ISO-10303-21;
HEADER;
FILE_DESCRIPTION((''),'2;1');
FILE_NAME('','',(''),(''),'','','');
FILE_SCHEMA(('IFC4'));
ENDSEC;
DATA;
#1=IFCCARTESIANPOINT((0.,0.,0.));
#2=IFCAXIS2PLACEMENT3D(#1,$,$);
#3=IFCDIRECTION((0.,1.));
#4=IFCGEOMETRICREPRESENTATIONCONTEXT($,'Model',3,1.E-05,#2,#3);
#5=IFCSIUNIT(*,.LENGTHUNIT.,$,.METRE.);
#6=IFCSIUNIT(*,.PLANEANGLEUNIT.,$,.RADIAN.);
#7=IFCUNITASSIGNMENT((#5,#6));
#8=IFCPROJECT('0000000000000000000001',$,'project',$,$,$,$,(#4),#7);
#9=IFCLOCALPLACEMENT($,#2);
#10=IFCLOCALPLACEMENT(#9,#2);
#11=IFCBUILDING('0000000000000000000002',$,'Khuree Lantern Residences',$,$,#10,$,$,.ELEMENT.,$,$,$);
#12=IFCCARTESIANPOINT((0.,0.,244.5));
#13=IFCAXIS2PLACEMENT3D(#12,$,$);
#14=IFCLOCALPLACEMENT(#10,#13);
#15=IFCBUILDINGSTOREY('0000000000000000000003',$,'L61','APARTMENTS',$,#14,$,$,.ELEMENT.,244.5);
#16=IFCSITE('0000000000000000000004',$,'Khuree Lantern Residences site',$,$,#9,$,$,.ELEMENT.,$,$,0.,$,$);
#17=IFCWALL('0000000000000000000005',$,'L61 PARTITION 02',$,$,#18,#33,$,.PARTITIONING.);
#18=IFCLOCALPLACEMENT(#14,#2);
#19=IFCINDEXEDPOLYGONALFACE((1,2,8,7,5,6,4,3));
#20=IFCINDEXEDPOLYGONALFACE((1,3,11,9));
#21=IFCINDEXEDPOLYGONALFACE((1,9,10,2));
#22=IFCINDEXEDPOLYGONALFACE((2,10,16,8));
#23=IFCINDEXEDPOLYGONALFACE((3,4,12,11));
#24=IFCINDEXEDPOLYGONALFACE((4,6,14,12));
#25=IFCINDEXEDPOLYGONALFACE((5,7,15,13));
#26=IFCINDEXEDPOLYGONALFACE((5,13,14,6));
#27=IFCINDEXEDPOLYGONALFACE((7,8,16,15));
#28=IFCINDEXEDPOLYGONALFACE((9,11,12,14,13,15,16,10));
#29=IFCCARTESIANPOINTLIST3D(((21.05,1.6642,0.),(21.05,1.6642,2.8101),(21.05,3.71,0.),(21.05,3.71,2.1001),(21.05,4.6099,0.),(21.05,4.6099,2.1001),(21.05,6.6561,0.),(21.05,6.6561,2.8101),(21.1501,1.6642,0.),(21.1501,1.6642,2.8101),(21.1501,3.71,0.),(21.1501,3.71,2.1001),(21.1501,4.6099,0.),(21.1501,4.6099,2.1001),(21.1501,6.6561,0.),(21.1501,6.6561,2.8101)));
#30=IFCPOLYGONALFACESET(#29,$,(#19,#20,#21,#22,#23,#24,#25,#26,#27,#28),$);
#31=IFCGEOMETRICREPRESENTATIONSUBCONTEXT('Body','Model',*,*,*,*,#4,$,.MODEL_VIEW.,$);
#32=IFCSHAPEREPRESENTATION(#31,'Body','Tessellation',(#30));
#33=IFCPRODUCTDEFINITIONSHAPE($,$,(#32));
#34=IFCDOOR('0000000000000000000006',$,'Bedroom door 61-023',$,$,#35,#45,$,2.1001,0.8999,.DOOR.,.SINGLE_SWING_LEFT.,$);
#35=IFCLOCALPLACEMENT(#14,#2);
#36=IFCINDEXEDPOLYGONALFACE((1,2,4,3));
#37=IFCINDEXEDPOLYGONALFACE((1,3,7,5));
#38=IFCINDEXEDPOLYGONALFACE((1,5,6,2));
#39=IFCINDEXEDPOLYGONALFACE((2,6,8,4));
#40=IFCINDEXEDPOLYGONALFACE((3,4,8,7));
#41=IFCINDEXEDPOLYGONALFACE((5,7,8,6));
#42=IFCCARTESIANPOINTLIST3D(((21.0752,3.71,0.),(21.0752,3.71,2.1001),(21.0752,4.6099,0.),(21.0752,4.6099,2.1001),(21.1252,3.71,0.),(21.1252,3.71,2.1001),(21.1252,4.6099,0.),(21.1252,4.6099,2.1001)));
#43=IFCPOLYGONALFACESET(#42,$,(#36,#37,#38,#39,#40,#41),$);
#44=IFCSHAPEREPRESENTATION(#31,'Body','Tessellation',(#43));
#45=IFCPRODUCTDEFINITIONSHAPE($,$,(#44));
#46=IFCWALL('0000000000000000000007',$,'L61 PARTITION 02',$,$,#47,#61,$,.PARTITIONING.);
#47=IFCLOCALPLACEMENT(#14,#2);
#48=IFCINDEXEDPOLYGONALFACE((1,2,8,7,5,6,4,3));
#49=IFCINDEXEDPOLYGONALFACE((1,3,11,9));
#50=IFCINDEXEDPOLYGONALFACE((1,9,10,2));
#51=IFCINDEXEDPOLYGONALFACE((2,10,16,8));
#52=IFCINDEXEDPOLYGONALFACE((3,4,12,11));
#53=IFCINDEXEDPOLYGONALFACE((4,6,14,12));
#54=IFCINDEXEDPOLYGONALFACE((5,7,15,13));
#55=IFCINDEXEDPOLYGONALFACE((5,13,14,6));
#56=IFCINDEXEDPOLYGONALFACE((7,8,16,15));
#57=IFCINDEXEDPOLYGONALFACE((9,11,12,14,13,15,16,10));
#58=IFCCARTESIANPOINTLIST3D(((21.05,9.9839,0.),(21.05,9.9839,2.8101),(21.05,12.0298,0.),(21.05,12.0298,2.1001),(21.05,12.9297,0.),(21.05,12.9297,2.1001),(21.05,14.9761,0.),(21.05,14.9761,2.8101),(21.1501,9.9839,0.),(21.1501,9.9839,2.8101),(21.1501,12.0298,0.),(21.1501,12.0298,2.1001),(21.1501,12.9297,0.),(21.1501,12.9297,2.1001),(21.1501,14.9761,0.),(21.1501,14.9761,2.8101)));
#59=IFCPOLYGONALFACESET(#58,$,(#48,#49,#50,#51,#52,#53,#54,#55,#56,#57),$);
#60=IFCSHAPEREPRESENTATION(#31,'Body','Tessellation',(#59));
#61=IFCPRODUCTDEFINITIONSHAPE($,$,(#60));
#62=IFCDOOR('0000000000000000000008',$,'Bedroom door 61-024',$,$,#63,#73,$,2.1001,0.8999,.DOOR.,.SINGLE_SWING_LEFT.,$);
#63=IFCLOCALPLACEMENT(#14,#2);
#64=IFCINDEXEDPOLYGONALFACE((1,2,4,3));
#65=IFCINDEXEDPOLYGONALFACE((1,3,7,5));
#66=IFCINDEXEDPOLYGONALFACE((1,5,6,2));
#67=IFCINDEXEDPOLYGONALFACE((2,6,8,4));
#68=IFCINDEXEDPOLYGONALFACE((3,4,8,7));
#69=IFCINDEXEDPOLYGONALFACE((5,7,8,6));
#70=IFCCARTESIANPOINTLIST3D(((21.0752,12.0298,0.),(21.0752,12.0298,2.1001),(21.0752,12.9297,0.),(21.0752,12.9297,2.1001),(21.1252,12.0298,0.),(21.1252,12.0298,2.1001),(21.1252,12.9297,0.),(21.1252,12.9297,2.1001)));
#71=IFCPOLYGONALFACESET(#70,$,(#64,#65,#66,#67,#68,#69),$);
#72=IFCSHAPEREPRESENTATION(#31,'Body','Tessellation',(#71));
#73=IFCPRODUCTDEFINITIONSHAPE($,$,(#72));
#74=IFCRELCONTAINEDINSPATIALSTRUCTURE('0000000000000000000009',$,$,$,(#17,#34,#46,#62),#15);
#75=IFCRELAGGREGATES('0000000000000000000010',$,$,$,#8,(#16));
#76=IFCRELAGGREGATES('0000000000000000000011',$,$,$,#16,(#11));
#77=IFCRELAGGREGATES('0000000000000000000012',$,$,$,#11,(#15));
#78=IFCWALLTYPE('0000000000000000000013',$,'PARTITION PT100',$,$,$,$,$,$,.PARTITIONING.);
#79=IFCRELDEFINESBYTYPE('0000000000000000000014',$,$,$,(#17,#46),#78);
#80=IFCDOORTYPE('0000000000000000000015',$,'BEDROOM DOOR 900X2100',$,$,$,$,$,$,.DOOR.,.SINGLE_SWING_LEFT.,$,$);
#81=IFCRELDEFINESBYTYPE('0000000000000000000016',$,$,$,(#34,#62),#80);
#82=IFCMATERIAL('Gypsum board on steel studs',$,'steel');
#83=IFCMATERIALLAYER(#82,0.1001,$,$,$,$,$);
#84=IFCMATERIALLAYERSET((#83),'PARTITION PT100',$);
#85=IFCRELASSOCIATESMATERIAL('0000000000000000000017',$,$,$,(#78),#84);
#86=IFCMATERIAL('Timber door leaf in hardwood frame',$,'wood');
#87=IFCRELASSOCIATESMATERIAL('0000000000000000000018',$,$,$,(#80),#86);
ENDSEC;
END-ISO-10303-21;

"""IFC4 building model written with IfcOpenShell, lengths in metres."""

from ifc_helpers import new_model, si_unit, direction, frame, frame_2d, origin, place, context, subcontext, project, spatial, rectangle, extrude, material, layer, layer_set, type_object, element, fill, save


model = new_model("IFC4")

# Units and contexts
model_context = context("Model", 3, precision=1e-05, world=origin(), true_north=direction((0.0, 1.0)))
body_context = subcontext(model_context, "Body", "Model", "MODEL_VIEW")
ifc_project = project(units=[si_unit("LENGTHUNIT", "METRE"), si_unit("PLANEANGLEUNIT", "RADIAN")], contexts=[model_context])

# Site, building, storey
site_placement = place(None, origin())
site = spatial("IfcSite", under=ifc_project, at=site_placement, Name="Khuree Lantern Residences site", CompositionType="ELEMENT", RefElevation=0.0)
building_placement = place(site_placement, origin())
building = spatial("IfcBuilding", under=site, at=building_placement, Name="Khuree Lantern Residences", CompositionType="ELEMENT")
storey_placement = place(building_placement, frame((0.0, 0.0, 244.5)))
storey = spatial("IfcBuildingStorey", under=building, at=storey_placement, Name="L61", Description="APARTMENTS", CompositionType="ELEMENT", Elevation=244.5)

# Shared definitions
ifc_material_1 = material(Name="Timber door leaf in hardwood frame", Category="wood")

# Shared definitions
ifc_material_2 = material(Name="Gypsum board on steel studs", Category="steel")
ifc_layer_1 = layer(ifc_material_2, 0.1001)
ifc_layer_set_1 = layer_set([ifc_layer_1], Name="PARTITION PT100")
wall_type_1 = type_object("IfcWallType", Name="PARTITION PT100", PredefinedType="PARTITIONING", material=ifc_layer_set_1)

# Walls, openings, doors
wall_1_placement = place(storey_placement, frame((21.1001, 1.6641, 0.0), z_axis=(0.0, 0.0, 1.0), x_axis=(0.0, 1.0, 0.0)))
wall_1 = element("IfcWall", 1, at=wall_1_placement, inside=storey, type_object=wall_type_1, Name="L61 PARTITION 02", PredefinedType="PARTITIONING", context=body_context, shape_type="SweptSolid", body=[
    extrude(rectangle(XDim=4.9919, YDim=0.1001, at=frame_2d((2.4961, 0.0))), origin(), (0.0, 0.0, 1.0), 2.8101),
])
opening_1_placement = place(wall_1_placement, frame((2.0459, 0.0, 0.0)))
opening_1 = element("IfcOpeningElement", 2, at=opening_1_placement, cuts=wall_1, PredefinedType="OPENING", context=body_context, shape_type="SweptSolid", body=[
    extrude(rectangle(XDim=0.8999, YDim=2.1001, at=frame_2d((0.45, 1.05))), frame((0.0, 0.0601, 0.0), z_axis=(0.0, -1.0, 0.0), x_axis=(1.0, 0.0, 0.0)), (0.0, 0.0, 1.0), 0.1201),
])
door_type_1 = type_object("IfcDoorType", Name="BEDROOM DOOR 900X2100", OperationType="SINGLE_SWING_LEFT", PredefinedType="DOOR", material=ifc_material_1)
door_1_placement = place(opening_1_placement, origin())
door_1 = element("IfcDoor", 3, at=door_1_placement, inside=storey, type_object=door_type_1, Name="Bedroom door 61-023", OperationType="SINGLE_SWING_LEFT", OverallHeight=2.1001, OverallWidth=0.8999, PredefinedType="DOOR", context=body_context, shape_type="SweptSolid", body=[
    extrude(rectangle(XDim=0.8999, YDim=2.1001, at=frame_2d((0.45, 1.05))), frame((0.0, 0.0249, 0.0), z_axis=(0.0, -1.0, 0.0), x_axis=(1.0, 0.0, 0.0)), (0.0, 0.0, 1.0), 0.05),
])
fill(opening_1, door_1)
wall_2_placement = place(storey_placement, frame((21.1001, 9.9839, 0.0), z_axis=(0.0, 0.0, 1.0), x_axis=(0.0, 1.0, 0.0)))
wall_2 = element("IfcWall", 4, at=wall_2_placement, inside=storey, type_object=wall_type_1, Name="L61 PARTITION 02", PredefinedType="PARTITIONING", context=body_context, shape_type="SweptSolid", body=[
    extrude(rectangle(XDim=4.9922, YDim=0.1001, at=frame_2d((2.4961, 0.0))), origin(), (0.0, 0.0, 1.0), 2.8101),
])
opening_2_placement = place(wall_2_placement, frame((2.0459, 0.0, 0.0)))
opening_2 = element("IfcOpeningElement", 5, at=opening_2_placement, cuts=wall_2, PredefinedType="OPENING", context=body_context, shape_type="SweptSolid", body=[
    extrude(rectangle(XDim=0.8999, YDim=2.1001, at=frame_2d((0.45, 1.05))), frame((0.0, 0.0601, 0.0), z_axis=(0.0, -1.0, 0.0), x_axis=(1.0, 0.0, 0.0)), (0.0, 0.0, 1.0), 0.1201),
])
door_2_placement = place(opening_2_placement, origin())
door_2 = element("IfcDoor", 6, at=door_2_placement, inside=storey, type_object=door_type_1, Name="Bedroom door 61-024", OperationType="SINGLE_SWING_LEFT", OverallHeight=2.1001, OverallWidth=0.8999, PredefinedType="DOOR", context=body_context, shape_type="SweptSolid", body=[
    extrude(rectangle(XDim=0.8999, YDim=2.1001, at=frame_2d((0.45, 1.05))), frame((0.0, 0.0249, 0.0), z_axis=(0.0, -1.0, 0.0), x_axis=(1.0, 0.0, 0.0)), (0.0, 0.0, 1.0), 0.05),
])
fill(opening_2, door_2)

save(model, "model.ifc")
